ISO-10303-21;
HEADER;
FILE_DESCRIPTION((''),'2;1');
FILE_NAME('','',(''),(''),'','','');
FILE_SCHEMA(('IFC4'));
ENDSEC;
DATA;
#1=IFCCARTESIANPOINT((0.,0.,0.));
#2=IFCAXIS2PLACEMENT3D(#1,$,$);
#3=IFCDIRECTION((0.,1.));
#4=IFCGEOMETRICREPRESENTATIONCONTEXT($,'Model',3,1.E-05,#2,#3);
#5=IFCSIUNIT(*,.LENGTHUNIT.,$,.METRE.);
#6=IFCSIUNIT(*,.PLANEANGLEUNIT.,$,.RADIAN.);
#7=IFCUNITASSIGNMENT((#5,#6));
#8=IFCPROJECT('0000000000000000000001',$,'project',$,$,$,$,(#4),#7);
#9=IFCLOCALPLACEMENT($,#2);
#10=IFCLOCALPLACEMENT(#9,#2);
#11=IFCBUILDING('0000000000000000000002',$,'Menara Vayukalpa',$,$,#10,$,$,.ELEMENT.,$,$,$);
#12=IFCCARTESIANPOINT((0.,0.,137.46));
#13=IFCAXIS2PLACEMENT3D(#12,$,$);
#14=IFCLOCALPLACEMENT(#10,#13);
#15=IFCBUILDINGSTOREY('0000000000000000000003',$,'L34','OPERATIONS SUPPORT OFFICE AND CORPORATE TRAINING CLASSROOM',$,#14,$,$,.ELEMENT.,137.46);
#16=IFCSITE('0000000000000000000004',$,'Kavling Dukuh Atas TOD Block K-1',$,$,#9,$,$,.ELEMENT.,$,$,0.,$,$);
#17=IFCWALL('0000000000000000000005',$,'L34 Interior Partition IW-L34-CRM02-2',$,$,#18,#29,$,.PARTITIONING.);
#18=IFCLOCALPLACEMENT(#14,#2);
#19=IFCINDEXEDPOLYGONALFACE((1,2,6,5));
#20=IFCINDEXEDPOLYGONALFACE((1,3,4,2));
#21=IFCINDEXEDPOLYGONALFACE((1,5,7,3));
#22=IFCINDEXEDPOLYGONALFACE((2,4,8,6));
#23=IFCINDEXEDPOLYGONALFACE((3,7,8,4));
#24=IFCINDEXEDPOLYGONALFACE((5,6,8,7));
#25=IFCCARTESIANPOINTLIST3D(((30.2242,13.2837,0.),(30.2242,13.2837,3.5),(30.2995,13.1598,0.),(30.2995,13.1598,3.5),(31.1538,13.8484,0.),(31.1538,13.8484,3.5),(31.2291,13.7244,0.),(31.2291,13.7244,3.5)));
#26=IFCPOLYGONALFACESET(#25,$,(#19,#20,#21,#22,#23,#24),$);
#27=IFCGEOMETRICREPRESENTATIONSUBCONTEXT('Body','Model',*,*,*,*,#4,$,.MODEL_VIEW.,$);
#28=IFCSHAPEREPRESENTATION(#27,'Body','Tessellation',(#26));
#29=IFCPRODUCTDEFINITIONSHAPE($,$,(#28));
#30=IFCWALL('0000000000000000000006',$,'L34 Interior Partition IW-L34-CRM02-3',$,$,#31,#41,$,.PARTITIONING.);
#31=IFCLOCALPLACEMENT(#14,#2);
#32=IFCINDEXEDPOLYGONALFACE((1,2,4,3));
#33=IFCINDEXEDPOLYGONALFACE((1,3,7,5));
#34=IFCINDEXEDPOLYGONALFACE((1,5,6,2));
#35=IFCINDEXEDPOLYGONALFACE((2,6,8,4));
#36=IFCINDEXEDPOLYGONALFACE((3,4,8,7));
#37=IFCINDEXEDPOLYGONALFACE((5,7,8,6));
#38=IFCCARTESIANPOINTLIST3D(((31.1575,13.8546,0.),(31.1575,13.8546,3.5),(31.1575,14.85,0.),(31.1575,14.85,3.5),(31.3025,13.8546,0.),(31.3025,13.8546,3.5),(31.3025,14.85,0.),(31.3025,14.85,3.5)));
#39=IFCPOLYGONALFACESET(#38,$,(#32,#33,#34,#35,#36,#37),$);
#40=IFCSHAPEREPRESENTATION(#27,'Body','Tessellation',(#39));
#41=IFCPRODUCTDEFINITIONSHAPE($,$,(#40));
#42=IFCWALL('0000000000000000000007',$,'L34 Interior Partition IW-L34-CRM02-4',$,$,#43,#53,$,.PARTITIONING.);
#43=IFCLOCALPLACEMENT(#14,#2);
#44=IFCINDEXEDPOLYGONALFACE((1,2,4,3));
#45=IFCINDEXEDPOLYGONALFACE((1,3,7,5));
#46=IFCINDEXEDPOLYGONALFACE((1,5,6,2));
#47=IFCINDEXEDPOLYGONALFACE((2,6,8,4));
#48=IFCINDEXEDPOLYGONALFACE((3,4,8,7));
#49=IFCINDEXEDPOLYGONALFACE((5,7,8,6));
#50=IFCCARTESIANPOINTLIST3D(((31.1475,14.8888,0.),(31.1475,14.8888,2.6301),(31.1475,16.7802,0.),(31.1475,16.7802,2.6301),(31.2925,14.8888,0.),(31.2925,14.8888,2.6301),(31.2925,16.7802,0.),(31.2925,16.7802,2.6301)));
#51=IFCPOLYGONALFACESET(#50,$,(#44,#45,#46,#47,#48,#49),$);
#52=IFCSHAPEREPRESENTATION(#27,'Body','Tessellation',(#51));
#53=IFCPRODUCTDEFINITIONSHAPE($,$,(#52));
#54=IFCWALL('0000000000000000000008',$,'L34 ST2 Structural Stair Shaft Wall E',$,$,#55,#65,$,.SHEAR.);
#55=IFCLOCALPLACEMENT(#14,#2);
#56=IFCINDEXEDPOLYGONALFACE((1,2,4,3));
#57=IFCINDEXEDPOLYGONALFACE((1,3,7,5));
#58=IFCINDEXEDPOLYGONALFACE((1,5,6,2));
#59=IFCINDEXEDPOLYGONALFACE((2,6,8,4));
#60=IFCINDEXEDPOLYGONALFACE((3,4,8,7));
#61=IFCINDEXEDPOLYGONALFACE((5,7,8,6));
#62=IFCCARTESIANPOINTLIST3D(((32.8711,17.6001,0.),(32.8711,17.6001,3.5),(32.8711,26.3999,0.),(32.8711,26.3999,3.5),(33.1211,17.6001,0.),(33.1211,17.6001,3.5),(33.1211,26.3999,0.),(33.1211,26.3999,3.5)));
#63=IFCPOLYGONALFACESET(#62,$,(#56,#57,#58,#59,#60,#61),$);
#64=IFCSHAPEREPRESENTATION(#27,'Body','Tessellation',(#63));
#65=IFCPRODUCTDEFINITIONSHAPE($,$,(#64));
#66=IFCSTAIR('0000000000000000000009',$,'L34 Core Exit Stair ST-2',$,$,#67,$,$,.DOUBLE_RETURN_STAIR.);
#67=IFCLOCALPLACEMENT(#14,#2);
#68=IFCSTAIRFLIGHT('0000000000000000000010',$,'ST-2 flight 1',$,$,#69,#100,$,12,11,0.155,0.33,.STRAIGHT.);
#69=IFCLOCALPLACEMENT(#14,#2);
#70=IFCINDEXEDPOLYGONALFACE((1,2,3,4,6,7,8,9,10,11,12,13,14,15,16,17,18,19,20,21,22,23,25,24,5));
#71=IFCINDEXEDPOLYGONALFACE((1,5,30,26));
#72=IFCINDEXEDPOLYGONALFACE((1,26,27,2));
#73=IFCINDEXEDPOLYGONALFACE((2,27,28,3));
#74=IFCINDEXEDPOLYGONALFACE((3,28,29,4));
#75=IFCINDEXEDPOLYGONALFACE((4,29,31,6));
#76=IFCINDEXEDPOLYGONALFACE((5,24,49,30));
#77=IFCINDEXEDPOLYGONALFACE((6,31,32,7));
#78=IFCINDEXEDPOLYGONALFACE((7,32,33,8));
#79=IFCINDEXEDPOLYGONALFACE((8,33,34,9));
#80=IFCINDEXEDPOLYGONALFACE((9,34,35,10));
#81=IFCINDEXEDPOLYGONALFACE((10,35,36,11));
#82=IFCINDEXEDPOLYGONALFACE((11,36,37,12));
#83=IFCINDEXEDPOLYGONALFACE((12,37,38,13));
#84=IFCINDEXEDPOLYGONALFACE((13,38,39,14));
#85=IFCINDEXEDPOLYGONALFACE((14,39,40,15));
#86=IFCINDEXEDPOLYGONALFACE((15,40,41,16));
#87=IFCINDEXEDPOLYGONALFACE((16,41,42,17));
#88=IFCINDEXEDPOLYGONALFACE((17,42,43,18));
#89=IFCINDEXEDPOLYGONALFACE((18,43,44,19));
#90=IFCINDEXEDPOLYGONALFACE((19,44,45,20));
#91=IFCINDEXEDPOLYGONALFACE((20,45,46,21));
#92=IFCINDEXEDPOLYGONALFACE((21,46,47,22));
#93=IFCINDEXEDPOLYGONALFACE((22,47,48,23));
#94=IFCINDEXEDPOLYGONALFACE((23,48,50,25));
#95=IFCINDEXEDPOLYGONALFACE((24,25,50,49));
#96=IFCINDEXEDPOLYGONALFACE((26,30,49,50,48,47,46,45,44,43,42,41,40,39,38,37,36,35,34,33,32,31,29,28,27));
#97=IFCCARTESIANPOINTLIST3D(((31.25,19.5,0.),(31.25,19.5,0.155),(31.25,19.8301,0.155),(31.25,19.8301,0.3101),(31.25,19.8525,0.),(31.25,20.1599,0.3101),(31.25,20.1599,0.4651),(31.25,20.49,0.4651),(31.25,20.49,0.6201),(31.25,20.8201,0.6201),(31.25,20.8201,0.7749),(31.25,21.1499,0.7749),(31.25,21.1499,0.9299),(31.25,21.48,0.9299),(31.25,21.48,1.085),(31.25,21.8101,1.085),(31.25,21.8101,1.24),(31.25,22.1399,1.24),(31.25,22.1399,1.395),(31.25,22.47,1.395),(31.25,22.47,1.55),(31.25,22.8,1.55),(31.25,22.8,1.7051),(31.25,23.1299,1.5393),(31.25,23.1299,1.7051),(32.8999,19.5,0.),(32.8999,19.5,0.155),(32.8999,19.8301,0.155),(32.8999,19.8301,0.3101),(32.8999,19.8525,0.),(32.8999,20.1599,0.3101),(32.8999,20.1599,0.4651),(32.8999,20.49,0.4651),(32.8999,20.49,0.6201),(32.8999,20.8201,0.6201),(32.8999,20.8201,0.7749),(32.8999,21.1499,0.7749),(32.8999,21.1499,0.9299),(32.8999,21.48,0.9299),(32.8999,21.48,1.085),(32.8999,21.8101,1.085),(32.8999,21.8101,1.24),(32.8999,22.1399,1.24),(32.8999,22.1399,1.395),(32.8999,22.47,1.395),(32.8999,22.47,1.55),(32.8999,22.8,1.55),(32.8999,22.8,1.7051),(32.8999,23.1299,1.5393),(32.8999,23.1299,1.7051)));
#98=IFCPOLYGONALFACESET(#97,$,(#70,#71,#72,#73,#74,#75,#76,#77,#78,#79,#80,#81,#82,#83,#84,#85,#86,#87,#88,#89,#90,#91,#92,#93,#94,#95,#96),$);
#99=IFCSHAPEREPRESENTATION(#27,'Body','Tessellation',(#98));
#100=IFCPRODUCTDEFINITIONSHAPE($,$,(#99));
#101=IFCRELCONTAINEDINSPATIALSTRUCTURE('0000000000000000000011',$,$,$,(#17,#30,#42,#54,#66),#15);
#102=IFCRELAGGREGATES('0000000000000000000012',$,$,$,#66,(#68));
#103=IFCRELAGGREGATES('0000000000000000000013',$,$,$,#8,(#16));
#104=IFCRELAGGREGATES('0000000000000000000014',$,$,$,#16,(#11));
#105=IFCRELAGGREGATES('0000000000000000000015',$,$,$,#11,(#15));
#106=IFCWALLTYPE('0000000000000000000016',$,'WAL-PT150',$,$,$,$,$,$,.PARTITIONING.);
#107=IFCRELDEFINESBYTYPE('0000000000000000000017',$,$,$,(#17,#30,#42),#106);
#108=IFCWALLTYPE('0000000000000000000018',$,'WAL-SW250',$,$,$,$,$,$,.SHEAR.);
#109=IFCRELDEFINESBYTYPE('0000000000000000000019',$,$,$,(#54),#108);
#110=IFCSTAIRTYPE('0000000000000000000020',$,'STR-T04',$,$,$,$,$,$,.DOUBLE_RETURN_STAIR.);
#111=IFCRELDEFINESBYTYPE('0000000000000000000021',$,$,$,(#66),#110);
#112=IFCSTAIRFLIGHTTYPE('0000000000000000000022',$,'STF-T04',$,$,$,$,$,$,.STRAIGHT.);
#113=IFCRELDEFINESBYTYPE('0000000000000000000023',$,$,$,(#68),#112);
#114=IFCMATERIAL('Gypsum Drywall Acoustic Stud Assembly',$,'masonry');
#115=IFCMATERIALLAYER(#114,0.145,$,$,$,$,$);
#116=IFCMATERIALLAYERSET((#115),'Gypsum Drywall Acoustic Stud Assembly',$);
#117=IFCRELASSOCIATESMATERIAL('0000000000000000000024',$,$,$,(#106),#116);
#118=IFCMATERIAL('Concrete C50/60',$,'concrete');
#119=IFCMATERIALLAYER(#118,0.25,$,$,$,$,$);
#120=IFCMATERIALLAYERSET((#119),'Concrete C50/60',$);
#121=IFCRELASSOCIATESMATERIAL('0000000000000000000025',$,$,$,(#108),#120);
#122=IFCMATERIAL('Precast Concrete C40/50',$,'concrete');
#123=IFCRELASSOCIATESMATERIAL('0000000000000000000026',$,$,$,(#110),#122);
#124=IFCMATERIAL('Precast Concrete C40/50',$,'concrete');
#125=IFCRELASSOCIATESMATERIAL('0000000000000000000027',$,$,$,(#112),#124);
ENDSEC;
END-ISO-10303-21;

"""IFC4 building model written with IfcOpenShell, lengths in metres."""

from ifc_helpers import new_model, si_unit, direction, frame, frame_2d, origin, place, context, subcontext, project, spatial, polyline, rectangle, outline, extrude, material, layer, layer_set, type_object, element, aggregate, save


model = new_model("IFC4")

# Units and contexts
model_context = context("Model", 3, precision=1e-05, world=origin(), true_north=direction((0.0, 1.0)))
body_context = subcontext(model_context, "Body", "Model", "MODEL_VIEW")
ifc_project = project(units=[si_unit("LENGTHUNIT", "METRE"), si_unit("PLANEANGLEUNIT", "RADIAN")], contexts=[model_context])

# Site, building, storey
site_placement = place(None, origin())
site = spatial("IfcSite", under=ifc_project, at=site_placement, Name="Kavling Dukuh Atas TOD Block K-1", CompositionType="ELEMENT", RefElevation=0.0)
building_placement = place(site_placement, origin())
building = spatial("IfcBuilding", under=site, at=building_placement, Name="Menara Vayukalpa", CompositionType="ELEMENT")
storey_placement = place(building_placement, frame((0.0, 0.0, 137.46)))
storey = spatial("IfcBuildingStorey", under=building, at=storey_placement, Name="L34", Description="OPERATIONS SUPPORT OFFICE AND CORPORATE TRAINING CLASSROOM", CompositionType="ELEMENT", Elevation=137.46)

# Walls
ifc_material_1 = material(Name="Gypsum Drywall Acoustic Stud Assembly", Category="masonry")
ifc_layer_1 = layer(ifc_material_1, 0.145)
ifc_layer_set_1 = layer_set([ifc_layer_1], Name="Gypsum Drywall Acoustic Stud Assembly")
wall_type_1 = type_object("IfcWallType", Name="WAL-PT150", PredefinedType="PARTITIONING", material=ifc_layer_set_1)
wall_1_placement = place(storey_placement, frame((30.2617, 13.2217, 0.0), z_axis=(0.0, 0.0, 1.0), x_axis=(0.854688, 0.519142, 0.0)))
element("IfcWall", 1, at=wall_1_placement, inside=storey, type_object=wall_type_1, Name="L34 Interior Partition IW-L34-CRM02-2", PredefinedType="PARTITIONING", context=body_context, shape_type="SweptSolid", body=[
    extrude(rectangle(XDim=1.0876, YDim=0.145, at=frame_2d((0.5439, 0.0))), origin(), (0.0, 0.0, 1.0), 3.5),
])
wall_2_placement = place(storey_placement, frame((31.23, 13.8547, 0.0), z_axis=(0.0, 0.0, 1.0), x_axis=(0.0, 1.0, 0.0)))
element("IfcWall", 2, at=wall_2_placement, inside=storey, type_object=wall_type_1, Name="L34 Interior Partition IW-L34-CRM02-3", PredefinedType="PARTITIONING", context=body_context, shape_type="SweptSolid", body=[
    extrude(rectangle(XDim=0.9954, YDim=0.145, at=frame_2d((0.4976, 0.0))), origin(), (0.0, 0.0, 1.0), 3.5),
])
wall_3_placement = place(storey_placement, frame((31.22, 14.8887, 0.0), z_axis=(0.0, 0.0, 1.0), x_axis=(0.0, 1.0, 0.0)))
element("IfcWall", 3, at=wall_3_placement, inside=storey, type_object=wall_type_1, Name="L34 Interior Partition IW-L34-CRM02-4", PredefinedType="PARTITIONING", context=body_context, shape_type="SweptSolid", body=[
    extrude(rectangle(XDim=1.8914, YDim=0.145, at=frame_2d((0.9458, 0.0))), origin(), (0.0, 0.0, 1.0), 2.6301),
])
ifc_material_2 = material(Name="Concrete C50/60", Category="concrete")
ifc_layer_2 = layer(ifc_material_2, 0.25)
ifc_layer_set_2 = layer_set([ifc_layer_2], Name="Concrete C50/60")
wall_type_2 = type_object("IfcWallType", Name="WAL-SW250", PredefinedType="SHEAR", material=ifc_layer_set_2)
wall_4_placement = place(storey_placement, frame((32.9961, 17.6001, 0.0), z_axis=(0.0, 0.0, 1.0), x_axis=(0.0, 1.0, 0.0)))
element("IfcWall", 4, at=wall_4_placement, inside=storey, type_object=wall_type_2, Name="L34 ST2 Structural Stair Shaft Wall E", PredefinedType="SHEAR", context=body_context, shape_type="SweptSolid", body=[
    extrude(rectangle(XDim=8.7998, YDim=0.25, at=frame_2d((4.3999, 0.0))), origin(), (0.0, 0.0, 1.0), 3.5),
])

# Stair, stair flight
ifc_material_3 = material(Name="Precast Concrete C40/50", Category="concrete")
stair_type = type_object("IfcStairType", Name="STR-T04", PredefinedType="DOUBLE_RETURN_STAIR", material=ifc_material_3)
stair_placement = place(storey_placement, origin())
stair = element("IfcStair", 5, at=stair_placement, inside=storey, type_object=stair_type, Name="L34 Core Exit Stair ST-2", PredefinedType="DOUBLE_RETURN_STAIR")
ifc_material_4 = material(Name="Precast Concrete C40/50", Category="concrete")
stair_flight_type = type_object("IfcStairFlightType", Name="STF-T04", PredefinedType="STRAIGHT", material=ifc_material_4)
stair_flight_placement = place(storey_placement, frame((32.075, 19.5, 0.0), z_axis=(0.0, 0.0, 1.0), x_axis=(0.0, 1.0, 0.0)))
stair_flight = element("IfcStairFlight", 6, at=stair_flight_placement, type_object=stair_flight_type, Name="ST-2 flight 1", NumberOfRisers=12, NumberOfTreads=11, PredefinedType="STRAIGHT", RiserHeight=0.155, TreadLength=0.33, context=body_context, shape_type="SweptSolid", body=[
    extrude(outline(polyline([(0.0, 0.0), (0.0, 0.155), (0.3301, 0.155), (0.3301, 0.3101), (0.6599, 0.3101), (0.6599, 0.4651), (0.99, 0.4651), (0.99, 0.6201), (1.3201, 0.6201), (1.3201, 0.7749), (1.6499, 0.7749), (1.6499, 0.9299), (1.98, 0.9299), (1.98, 1.085), (2.3101, 1.085), (2.3101, 1.24), (2.6399, 1.24), (2.6399, 1.395), (2.97, 1.395), (2.97, 1.55), (3.3, 1.55), (3.3, 1.7051), (3.6299, 1.7051), (3.6299, 1.8601), (3.6299, 1.5393), (0.3525, 0.0), (0.0, 0.0)])), frame((0.0, 0.825, 0.0), z_axis=(0.0, -1.0, 0.0), x_axis=(1.0, 0.0, 0.0)), (0.0, 0.0, 1.0), 1.6499),
])
aggregate(stair, [stair_flight])

save(model, "model.ifc")
